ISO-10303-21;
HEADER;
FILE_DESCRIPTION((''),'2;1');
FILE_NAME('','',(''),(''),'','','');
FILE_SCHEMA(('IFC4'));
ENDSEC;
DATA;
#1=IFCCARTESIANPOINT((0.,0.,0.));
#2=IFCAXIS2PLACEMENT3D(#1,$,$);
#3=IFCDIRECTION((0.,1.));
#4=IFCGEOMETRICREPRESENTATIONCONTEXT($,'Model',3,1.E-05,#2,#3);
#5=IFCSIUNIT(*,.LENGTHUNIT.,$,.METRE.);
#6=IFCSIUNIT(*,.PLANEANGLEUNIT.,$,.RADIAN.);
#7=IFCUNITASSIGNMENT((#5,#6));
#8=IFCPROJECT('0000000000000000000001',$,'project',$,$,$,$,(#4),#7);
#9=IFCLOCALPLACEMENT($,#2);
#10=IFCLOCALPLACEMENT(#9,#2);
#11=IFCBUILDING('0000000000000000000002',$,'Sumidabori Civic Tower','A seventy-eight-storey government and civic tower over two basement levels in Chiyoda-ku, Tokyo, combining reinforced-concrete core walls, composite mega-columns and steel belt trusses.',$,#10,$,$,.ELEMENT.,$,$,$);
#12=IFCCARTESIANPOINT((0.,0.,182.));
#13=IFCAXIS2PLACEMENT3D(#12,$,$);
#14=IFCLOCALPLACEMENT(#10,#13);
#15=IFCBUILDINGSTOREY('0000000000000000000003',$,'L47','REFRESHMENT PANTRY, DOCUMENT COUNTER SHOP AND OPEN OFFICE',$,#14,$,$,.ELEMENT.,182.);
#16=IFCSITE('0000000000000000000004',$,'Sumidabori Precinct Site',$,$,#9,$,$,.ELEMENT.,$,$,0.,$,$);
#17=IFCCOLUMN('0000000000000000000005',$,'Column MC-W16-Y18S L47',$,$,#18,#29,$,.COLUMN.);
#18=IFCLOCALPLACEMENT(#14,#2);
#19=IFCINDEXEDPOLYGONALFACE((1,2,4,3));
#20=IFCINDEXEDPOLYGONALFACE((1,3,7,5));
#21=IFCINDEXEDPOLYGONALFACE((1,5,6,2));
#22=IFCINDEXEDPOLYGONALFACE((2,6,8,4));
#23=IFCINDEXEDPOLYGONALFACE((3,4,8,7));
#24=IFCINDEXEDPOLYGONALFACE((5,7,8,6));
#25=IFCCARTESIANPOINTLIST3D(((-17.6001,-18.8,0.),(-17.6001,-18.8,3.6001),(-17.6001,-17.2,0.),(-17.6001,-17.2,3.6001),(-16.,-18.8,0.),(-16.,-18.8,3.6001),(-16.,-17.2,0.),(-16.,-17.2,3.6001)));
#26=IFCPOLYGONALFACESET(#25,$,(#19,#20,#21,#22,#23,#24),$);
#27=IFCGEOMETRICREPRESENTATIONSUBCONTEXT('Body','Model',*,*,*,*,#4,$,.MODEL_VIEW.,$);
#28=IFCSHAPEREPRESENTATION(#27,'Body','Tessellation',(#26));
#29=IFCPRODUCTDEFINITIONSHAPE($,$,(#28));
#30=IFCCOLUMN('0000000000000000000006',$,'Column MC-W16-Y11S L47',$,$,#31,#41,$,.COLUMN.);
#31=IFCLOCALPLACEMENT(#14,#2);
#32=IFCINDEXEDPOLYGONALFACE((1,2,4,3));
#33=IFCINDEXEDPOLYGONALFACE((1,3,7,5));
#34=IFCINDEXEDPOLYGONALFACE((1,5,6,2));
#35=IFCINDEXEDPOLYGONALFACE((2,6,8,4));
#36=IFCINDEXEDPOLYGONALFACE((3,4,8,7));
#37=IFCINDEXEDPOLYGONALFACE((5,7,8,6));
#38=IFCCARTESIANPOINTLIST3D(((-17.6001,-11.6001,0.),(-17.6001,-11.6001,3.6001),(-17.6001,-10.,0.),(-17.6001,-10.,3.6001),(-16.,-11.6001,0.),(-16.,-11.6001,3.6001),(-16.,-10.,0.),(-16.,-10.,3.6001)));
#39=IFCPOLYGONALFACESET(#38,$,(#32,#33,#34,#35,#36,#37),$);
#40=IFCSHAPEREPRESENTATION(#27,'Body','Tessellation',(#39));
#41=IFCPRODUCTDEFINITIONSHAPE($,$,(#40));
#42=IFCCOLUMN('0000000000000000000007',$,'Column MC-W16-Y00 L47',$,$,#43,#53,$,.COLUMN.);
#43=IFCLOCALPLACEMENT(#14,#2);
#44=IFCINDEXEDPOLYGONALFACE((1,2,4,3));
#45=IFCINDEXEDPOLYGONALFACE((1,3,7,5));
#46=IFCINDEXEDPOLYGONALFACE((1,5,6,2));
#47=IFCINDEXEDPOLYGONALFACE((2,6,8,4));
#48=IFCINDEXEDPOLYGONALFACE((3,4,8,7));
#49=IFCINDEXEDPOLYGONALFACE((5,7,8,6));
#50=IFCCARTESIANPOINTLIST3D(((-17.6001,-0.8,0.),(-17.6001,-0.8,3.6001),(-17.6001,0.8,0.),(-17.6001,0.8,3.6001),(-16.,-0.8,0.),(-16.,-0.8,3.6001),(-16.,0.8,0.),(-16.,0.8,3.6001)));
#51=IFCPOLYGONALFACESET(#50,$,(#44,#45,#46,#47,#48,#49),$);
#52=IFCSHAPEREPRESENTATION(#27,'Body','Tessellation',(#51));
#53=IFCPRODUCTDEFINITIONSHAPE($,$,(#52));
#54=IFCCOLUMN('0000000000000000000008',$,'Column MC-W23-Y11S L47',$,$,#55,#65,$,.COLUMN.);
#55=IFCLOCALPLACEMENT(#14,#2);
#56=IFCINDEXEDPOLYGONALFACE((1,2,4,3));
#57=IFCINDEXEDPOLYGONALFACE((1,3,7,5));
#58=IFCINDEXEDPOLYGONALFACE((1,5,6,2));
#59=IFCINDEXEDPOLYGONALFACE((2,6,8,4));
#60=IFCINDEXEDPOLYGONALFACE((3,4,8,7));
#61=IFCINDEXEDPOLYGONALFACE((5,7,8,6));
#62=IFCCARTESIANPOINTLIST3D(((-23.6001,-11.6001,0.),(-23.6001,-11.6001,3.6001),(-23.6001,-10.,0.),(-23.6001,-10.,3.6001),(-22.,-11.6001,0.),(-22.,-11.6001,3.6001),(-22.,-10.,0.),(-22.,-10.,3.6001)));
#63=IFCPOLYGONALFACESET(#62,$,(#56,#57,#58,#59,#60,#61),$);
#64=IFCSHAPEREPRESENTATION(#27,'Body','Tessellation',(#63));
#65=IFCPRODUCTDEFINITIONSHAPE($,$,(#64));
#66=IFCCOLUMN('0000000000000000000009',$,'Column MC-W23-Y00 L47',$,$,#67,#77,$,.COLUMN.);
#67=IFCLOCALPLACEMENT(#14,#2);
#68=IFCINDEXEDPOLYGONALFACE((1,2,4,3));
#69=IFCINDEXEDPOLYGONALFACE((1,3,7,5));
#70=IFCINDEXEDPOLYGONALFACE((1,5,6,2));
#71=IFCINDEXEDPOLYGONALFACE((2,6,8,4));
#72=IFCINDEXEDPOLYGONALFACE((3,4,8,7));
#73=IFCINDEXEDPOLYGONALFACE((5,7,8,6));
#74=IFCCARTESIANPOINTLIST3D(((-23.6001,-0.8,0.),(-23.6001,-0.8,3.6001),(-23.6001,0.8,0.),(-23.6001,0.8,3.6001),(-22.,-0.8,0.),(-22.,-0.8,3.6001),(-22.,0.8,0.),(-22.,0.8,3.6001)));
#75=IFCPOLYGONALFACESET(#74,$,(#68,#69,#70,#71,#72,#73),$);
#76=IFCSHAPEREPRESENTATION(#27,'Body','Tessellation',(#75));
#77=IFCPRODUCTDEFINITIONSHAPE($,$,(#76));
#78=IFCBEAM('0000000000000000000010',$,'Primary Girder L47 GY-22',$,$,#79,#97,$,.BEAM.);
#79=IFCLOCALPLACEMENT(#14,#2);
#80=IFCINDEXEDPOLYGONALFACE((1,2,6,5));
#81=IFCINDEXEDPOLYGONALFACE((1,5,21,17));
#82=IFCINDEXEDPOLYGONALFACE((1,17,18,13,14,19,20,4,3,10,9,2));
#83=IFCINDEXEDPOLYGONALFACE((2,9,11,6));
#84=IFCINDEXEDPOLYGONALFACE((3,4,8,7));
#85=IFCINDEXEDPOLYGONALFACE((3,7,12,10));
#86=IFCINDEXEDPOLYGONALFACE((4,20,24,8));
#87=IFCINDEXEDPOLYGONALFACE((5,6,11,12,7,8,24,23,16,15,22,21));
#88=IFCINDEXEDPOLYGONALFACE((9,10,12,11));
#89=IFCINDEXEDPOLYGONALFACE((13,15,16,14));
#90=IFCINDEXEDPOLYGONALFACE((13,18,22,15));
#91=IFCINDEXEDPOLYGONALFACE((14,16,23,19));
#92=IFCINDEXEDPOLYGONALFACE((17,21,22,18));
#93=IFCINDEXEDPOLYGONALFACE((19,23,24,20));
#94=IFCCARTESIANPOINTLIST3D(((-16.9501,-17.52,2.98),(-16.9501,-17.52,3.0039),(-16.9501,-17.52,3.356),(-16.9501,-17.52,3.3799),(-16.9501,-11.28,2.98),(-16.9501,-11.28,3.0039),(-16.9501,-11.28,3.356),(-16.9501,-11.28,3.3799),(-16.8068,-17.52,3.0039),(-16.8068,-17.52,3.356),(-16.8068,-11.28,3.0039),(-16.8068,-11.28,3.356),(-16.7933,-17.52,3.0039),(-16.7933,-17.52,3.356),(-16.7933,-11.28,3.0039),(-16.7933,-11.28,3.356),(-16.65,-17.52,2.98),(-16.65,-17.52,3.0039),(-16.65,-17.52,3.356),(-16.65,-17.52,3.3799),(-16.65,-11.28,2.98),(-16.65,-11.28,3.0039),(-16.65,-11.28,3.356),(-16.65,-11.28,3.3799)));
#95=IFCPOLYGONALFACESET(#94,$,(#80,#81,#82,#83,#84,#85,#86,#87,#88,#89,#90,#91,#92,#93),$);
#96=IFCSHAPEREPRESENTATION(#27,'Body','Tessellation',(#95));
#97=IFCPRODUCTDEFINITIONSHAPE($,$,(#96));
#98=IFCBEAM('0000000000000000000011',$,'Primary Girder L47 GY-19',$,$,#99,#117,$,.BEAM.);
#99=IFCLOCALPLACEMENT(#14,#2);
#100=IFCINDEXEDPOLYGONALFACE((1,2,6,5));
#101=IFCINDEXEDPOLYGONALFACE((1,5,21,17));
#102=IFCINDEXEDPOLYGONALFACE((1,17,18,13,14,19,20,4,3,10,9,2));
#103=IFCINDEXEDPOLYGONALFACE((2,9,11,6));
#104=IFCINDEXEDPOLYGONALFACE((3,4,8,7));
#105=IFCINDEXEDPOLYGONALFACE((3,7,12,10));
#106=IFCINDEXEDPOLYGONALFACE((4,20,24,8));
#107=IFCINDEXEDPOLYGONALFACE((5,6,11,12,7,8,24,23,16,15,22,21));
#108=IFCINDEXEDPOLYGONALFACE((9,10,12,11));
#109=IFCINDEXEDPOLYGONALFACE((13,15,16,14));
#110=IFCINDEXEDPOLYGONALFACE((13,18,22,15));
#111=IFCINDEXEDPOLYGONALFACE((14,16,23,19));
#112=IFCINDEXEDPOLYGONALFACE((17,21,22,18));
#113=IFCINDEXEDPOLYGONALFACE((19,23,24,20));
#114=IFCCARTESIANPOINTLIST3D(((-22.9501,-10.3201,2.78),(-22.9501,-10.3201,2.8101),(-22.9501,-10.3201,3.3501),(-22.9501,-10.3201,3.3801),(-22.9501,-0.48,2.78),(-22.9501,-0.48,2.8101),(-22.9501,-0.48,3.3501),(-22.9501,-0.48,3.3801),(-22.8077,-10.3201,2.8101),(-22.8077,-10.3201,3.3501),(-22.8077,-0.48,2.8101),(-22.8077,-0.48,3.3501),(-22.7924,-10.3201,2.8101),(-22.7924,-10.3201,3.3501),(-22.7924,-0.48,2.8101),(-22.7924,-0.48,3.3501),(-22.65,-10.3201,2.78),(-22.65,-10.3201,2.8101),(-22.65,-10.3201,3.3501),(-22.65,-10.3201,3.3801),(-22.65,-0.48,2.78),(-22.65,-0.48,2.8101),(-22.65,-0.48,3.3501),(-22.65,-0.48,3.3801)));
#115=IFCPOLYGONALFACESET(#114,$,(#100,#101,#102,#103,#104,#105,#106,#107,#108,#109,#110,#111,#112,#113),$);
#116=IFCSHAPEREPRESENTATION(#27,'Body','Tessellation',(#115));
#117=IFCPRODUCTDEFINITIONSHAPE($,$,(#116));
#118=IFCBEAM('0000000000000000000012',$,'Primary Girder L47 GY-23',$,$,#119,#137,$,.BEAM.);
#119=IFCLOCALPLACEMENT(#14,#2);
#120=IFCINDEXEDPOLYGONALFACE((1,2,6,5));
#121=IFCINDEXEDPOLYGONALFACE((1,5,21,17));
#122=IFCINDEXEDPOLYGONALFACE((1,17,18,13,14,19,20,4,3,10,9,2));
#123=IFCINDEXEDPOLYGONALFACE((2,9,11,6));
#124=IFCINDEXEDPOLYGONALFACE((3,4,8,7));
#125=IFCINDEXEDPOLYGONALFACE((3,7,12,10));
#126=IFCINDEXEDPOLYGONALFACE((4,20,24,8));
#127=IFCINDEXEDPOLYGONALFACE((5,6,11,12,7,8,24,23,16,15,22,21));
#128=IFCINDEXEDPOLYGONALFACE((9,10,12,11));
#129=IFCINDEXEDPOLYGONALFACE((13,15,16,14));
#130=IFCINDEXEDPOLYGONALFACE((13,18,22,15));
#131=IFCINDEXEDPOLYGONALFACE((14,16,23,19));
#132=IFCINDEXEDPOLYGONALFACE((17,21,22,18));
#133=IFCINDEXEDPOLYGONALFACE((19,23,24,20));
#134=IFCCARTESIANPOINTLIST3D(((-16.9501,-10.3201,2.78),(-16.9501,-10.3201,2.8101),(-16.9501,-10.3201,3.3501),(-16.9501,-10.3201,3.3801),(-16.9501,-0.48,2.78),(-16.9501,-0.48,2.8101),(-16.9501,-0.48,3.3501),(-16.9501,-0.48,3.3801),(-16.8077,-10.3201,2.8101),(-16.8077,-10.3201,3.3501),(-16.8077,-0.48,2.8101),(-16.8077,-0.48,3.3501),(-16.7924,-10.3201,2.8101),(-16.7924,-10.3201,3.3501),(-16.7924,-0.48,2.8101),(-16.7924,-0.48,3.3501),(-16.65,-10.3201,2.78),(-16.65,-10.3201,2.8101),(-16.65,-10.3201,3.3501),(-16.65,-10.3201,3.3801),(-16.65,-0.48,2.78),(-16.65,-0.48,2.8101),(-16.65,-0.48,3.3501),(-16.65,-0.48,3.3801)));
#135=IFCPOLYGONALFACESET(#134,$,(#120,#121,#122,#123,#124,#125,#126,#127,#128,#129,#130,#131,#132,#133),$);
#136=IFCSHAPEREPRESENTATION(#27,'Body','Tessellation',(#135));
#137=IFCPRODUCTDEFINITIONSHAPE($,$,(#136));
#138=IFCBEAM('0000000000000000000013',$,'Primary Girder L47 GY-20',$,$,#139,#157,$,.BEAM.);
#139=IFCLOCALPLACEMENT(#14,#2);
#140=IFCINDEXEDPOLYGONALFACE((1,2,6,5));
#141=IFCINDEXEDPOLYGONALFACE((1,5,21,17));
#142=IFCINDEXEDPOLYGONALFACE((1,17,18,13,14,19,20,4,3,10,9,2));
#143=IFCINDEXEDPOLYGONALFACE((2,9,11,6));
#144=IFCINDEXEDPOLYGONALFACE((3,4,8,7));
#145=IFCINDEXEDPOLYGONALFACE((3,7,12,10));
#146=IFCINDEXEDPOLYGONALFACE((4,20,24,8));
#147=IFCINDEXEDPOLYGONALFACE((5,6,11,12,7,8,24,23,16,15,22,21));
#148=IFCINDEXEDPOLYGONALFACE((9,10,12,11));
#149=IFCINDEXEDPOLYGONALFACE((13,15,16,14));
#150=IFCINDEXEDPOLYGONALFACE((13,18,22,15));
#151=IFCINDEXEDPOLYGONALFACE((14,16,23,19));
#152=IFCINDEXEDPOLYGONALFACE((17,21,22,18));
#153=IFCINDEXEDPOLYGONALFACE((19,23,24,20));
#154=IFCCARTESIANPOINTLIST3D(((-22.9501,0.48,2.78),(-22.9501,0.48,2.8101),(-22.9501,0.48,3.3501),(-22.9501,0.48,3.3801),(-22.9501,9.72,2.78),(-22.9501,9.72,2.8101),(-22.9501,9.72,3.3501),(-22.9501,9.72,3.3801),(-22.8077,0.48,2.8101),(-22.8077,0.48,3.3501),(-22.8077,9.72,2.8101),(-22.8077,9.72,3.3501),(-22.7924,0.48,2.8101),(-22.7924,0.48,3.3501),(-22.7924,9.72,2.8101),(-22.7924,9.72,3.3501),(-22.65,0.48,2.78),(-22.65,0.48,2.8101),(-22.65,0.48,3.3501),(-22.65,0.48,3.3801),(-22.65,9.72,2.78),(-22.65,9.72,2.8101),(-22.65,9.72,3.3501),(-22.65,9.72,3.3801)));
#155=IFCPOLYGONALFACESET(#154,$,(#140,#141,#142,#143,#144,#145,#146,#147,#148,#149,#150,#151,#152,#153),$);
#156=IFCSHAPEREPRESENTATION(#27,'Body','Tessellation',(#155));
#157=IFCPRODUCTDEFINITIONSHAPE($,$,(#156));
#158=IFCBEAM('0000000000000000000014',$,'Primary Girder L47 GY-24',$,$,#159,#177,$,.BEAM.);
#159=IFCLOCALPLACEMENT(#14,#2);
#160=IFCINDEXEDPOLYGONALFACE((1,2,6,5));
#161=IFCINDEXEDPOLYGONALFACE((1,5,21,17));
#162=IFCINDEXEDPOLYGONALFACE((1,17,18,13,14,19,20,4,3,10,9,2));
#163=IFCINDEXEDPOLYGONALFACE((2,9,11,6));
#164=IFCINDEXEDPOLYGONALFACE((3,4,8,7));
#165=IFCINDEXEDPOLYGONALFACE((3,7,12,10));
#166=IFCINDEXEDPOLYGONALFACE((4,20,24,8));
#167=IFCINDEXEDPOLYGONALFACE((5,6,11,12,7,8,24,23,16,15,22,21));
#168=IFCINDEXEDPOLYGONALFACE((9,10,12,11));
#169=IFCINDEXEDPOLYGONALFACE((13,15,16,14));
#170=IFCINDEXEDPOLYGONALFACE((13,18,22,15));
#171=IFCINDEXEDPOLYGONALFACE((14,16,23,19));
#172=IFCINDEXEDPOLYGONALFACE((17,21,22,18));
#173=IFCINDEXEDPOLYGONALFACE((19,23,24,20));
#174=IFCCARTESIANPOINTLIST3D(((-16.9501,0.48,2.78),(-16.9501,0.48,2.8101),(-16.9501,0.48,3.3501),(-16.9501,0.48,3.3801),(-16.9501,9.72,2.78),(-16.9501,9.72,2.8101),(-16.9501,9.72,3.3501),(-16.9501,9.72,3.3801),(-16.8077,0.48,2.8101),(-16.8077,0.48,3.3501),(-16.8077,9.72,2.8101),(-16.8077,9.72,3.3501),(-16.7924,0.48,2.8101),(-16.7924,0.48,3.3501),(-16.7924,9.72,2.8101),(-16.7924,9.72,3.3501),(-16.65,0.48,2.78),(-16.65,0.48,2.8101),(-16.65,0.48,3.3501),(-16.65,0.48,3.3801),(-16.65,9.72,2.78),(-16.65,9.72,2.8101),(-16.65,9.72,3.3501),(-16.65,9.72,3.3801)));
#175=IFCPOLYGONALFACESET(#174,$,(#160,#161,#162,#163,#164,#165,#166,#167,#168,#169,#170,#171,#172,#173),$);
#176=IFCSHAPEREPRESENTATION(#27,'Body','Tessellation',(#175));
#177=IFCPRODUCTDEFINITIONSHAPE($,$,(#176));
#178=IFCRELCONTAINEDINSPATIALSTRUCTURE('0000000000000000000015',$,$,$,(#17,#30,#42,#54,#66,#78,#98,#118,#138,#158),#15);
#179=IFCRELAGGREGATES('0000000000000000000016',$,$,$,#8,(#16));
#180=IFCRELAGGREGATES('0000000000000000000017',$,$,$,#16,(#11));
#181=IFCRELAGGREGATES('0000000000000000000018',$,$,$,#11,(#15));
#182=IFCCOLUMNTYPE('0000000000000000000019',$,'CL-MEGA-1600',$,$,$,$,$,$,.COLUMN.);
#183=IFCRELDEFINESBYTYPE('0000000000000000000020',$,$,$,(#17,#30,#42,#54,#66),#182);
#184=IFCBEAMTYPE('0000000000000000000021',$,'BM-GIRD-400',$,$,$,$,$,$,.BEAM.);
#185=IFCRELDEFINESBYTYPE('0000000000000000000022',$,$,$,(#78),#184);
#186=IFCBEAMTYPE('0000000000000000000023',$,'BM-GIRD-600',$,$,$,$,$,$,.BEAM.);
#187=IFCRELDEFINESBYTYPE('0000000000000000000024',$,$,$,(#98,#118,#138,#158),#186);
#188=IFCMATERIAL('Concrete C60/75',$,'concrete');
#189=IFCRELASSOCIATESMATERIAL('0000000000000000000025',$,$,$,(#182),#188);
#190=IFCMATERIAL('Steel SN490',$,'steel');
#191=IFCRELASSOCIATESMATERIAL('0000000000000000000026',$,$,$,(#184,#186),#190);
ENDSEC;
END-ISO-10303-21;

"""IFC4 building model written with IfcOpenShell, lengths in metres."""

from ifc_helpers import new_model, si_unit, direction, frame, origin, origin_2d, place, context, subcontext, project, spatial, rectangle, i_section, extrude, source, transform, mapped, material, material_profile, profile_set, type_object, element, save


model = new_model("IFC4")

# Units and contexts
model_context = context("Model", 3, precision=1e-05, world=origin(), true_north=direction((0.0, 1.0)))
body_context = subcontext(model_context, "Body", "Model", "MODEL_VIEW")
ifc_project = project(units=[si_unit("LENGTHUNIT", "METRE"), si_unit("PLANEANGLEUNIT", "RADIAN")], contexts=[model_context])

# Site, building, storey
site_placement = place(None, origin())
site = spatial("IfcSite", under=ifc_project, at=site_placement, Name="Sumidabori Precinct Site", CompositionType="ELEMENT", RefElevation=0.0)
building_placement = place(site_placement, origin())
building = spatial("IfcBuilding", under=site, at=building_placement, Name="Sumidabori Civic Tower", Description="A seventy-eight-storey government and civic tower over two basement levels in Chiyoda-ku, Tokyo, combining reinforced-concrete core walls, composite mega-columns and steel belt trusses.", CompositionType="ELEMENT")
storey_placement = place(building_placement, frame((0.0, 0.0, 182.0)))
storey = spatial("IfcBuildingStorey", under=building, at=storey_placement, Name="L47", Description="REFRESHMENT PANTRY, DOCUMENT COUNTER SHOP AND OPEN OFFICE", CompositionType="ELEMENT", Elevation=182.0)

# Columns
ifc_material_1 = material(Name="Concrete C60/75", Category="concrete")
ifc_material_profile_1 = material_profile(ifc_material_1, rectangle(XDim=1.6001, YDim=1.6001, at=origin_2d()), Name="RC 1600x1600")
ifc_profile_set_1 = profile_set([ifc_material_profile_1], Name="Concrete C60/75")
column_type = type_object("IfcColumnType", Name="CL-MEGA-1600", PredefinedType="COLUMN", material=ifc_profile_set_1)
shared_shape_1 = source(origin(), body_context, "Body", "SweptSolid", [
    extrude(rectangle(XDim=1.6001, YDim=1.6001, at=origin_2d()), origin(), (0.0, 0.0, 1.0), 3.6001),
])
for number, where, z_axis, x_axis, name in (
    (1, (-16.8, -18.0, 0.0), (0.0, 0.0, 1.0), (1.0, 0.0, 0.0), "Column MC-W16-Y18S L47"),
    (2, (-16.8, -10.8, 0.0), (0.0, 0.0, 1.0), (1.0, 0.0, 0.0), "Column MC-W16-Y11S L47"),
    (3, (-16.8, 0.0, 0.0), (0.0, 0.0, 1.0), (1.0, 0.0, 0.0), "Column MC-W16-Y00 L47"),
    (4, (-22.8, -10.8, 0.0), (0.0, 0.0, 1.0), (1.0, 0.0, 0.0), "Column MC-W23-Y11S L47"),
    (5, (-22.8, 0.0, 0.0), (0.0, 0.0, 1.0), (1.0, 0.0, 0.0), "Column MC-W23-Y00 L47"),
):
    element("IfcColumn", number, at=place(storey_placement, frame(where, z_axis=z_axis, x_axis=x_axis)), inside=storey, type_object=column_type, Name=name, PredefinedType="COLUMN", context=body_context, shape_type="MappedRepresentation", body=[
        mapped(shared_shape_1, transform((0.0, 0.0, 0.0), x_axis=(1.0, 0.0, 0.0), y_axis=(0.0, 1.0, 0.0), z_axis=(0.0, 0.0, 1.0), scale=1.0)),
    ])

# Beams
ifc_material_2 = material(Name="Steel SN490", Category="steel")
ifc_material_profile_2 = material_profile(ifc_material_2, i_section(OverallWidth=0.3, OverallDepth=0.3999, WebThickness=0.0134, FlangeThickness=0.0239, at=origin_2d()), Name="HE 400 B")
ifc_profile_set_2 = profile_set([ifc_material_profile_2], Name="Steel SN490")
beam_type_1 = type_object("IfcBeamType", Name="BM-GIRD-400", PredefinedType="BEAM", material=ifc_profile_set_2)
shared_shape_2 = source(origin(), body_context, "Body", "SweptSolid", [
    extrude(i_section(OverallWidth=0.3, OverallDepth=0.3999, WebThickness=0.0134, FlangeThickness=0.0239, at=origin_2d()), origin(), (0.0, 0.0, 1.0), 6.24),
])
beam_placement = place(storey_placement, frame((-16.8, -17.52, 3.1799), z_axis=(0.0, 1.0, 0.0), x_axis=(-1.0, 0.0, 0.0)))
element("IfcBeam", 6, at=beam_placement, inside=storey, type_object=beam_type_1, Name="Primary Girder L47 GY-22", PredefinedType="BEAM", context=body_context, shape_type="MappedRepresentation", body=[
    mapped(shared_shape_2, transform((0.0, 0.0, 0.0), x_axis=(1.0, 0.0, 0.0), y_axis=(0.0, 1.0, 0.0), z_axis=(0.0, 0.0, 1.0), scale=1.0)),
])
ifc_material_profile_3 = material_profile(ifc_material_2, i_section(OverallWidth=0.3, OverallDepth=0.6001, WebThickness=0.0154, FlangeThickness=0.03, at=origin_2d()), Name="HE 600 B")
ifc_profile_set_3 = profile_set([ifc_material_profile_3], Name="Steel SN490")
beam_type_2 = type_object("IfcBeamType", Name="BM-GIRD-600", PredefinedType="BEAM", material=ifc_profile_set_3)
shared_shape_3 = source(origin(), body_context, "Body", "SweptSolid", [
    extrude(i_section(OverallWidth=0.3, OverallDepth=0.6001, WebThickness=0.0154, FlangeThickness=0.03, at=origin_2d()), origin(), (0.0, 0.0, 1.0), 9.8401),
])
for number, where, z_axis, x_axis, name in (
    (7, (-22.8, -10.3201, 3.0801), (0.0, 1.0, 0.0), (-1.0, 0.0, 0.0), "Primary Girder L47 GY-19"),
    (8, (-16.8, -10.3201, 3.0801), (0.0, 1.0, 0.0), (-1.0, 0.0, 0.0), "Primary Girder L47 GY-23"),
):
    element("IfcBeam", number, at=place(storey_placement, frame(where, z_axis=z_axis, x_axis=x_axis)), inside=storey, type_object=beam_type_2, Name=name, PredefinedType="BEAM", context=body_context, shape_type="MappedRepresentation", body=[
        mapped(shared_shape_3, transform((0.0, 0.0, 0.0), x_axis=(1.0, 0.0, 0.0), y_axis=(0.0, 1.0, 0.0), z_axis=(0.0, 0.0, 1.0), scale=1.0)),
    ])
shared_shape_4 = source(origin(), body_context, "Body", "SweptSolid", [
    extrude(i_section(OverallWidth=0.3, OverallDepth=0.6001, WebThickness=0.0154, FlangeThickness=0.03, at=origin_2d()), origin(), (0.0, 0.0, 1.0), 9.24),
])
for number, where, z_axis, x_axis, name in (
    (9, (-22.8, 0.48, 3.0801), (0.0, 1.0, 0.0), (-1.0, 0.0, 0.0), "Primary Girder L47 GY-20"),
    (10, (-16.8, 0.48, 3.0801), (0.0, 1.0, 0.0), (-1.0, 0.0, 0.0), "Primary Girder L47 GY-24"),
):
    element("IfcBeam", number, at=place(storey_placement, frame(where, z_axis=z_axis, x_axis=x_axis)), inside=storey, type_object=beam_type_2, Name=name, PredefinedType="BEAM", context=body_context, shape_type="MappedRepresentation", body=[
        mapped(shared_shape_4, transform((0.0, 0.0, 0.0), x_axis=(1.0, 0.0, 0.0), y_axis=(0.0, 1.0, 0.0), z_axis=(0.0, 0.0, 1.0), scale=1.0)),
    ])

save(model, "model.ifc")
